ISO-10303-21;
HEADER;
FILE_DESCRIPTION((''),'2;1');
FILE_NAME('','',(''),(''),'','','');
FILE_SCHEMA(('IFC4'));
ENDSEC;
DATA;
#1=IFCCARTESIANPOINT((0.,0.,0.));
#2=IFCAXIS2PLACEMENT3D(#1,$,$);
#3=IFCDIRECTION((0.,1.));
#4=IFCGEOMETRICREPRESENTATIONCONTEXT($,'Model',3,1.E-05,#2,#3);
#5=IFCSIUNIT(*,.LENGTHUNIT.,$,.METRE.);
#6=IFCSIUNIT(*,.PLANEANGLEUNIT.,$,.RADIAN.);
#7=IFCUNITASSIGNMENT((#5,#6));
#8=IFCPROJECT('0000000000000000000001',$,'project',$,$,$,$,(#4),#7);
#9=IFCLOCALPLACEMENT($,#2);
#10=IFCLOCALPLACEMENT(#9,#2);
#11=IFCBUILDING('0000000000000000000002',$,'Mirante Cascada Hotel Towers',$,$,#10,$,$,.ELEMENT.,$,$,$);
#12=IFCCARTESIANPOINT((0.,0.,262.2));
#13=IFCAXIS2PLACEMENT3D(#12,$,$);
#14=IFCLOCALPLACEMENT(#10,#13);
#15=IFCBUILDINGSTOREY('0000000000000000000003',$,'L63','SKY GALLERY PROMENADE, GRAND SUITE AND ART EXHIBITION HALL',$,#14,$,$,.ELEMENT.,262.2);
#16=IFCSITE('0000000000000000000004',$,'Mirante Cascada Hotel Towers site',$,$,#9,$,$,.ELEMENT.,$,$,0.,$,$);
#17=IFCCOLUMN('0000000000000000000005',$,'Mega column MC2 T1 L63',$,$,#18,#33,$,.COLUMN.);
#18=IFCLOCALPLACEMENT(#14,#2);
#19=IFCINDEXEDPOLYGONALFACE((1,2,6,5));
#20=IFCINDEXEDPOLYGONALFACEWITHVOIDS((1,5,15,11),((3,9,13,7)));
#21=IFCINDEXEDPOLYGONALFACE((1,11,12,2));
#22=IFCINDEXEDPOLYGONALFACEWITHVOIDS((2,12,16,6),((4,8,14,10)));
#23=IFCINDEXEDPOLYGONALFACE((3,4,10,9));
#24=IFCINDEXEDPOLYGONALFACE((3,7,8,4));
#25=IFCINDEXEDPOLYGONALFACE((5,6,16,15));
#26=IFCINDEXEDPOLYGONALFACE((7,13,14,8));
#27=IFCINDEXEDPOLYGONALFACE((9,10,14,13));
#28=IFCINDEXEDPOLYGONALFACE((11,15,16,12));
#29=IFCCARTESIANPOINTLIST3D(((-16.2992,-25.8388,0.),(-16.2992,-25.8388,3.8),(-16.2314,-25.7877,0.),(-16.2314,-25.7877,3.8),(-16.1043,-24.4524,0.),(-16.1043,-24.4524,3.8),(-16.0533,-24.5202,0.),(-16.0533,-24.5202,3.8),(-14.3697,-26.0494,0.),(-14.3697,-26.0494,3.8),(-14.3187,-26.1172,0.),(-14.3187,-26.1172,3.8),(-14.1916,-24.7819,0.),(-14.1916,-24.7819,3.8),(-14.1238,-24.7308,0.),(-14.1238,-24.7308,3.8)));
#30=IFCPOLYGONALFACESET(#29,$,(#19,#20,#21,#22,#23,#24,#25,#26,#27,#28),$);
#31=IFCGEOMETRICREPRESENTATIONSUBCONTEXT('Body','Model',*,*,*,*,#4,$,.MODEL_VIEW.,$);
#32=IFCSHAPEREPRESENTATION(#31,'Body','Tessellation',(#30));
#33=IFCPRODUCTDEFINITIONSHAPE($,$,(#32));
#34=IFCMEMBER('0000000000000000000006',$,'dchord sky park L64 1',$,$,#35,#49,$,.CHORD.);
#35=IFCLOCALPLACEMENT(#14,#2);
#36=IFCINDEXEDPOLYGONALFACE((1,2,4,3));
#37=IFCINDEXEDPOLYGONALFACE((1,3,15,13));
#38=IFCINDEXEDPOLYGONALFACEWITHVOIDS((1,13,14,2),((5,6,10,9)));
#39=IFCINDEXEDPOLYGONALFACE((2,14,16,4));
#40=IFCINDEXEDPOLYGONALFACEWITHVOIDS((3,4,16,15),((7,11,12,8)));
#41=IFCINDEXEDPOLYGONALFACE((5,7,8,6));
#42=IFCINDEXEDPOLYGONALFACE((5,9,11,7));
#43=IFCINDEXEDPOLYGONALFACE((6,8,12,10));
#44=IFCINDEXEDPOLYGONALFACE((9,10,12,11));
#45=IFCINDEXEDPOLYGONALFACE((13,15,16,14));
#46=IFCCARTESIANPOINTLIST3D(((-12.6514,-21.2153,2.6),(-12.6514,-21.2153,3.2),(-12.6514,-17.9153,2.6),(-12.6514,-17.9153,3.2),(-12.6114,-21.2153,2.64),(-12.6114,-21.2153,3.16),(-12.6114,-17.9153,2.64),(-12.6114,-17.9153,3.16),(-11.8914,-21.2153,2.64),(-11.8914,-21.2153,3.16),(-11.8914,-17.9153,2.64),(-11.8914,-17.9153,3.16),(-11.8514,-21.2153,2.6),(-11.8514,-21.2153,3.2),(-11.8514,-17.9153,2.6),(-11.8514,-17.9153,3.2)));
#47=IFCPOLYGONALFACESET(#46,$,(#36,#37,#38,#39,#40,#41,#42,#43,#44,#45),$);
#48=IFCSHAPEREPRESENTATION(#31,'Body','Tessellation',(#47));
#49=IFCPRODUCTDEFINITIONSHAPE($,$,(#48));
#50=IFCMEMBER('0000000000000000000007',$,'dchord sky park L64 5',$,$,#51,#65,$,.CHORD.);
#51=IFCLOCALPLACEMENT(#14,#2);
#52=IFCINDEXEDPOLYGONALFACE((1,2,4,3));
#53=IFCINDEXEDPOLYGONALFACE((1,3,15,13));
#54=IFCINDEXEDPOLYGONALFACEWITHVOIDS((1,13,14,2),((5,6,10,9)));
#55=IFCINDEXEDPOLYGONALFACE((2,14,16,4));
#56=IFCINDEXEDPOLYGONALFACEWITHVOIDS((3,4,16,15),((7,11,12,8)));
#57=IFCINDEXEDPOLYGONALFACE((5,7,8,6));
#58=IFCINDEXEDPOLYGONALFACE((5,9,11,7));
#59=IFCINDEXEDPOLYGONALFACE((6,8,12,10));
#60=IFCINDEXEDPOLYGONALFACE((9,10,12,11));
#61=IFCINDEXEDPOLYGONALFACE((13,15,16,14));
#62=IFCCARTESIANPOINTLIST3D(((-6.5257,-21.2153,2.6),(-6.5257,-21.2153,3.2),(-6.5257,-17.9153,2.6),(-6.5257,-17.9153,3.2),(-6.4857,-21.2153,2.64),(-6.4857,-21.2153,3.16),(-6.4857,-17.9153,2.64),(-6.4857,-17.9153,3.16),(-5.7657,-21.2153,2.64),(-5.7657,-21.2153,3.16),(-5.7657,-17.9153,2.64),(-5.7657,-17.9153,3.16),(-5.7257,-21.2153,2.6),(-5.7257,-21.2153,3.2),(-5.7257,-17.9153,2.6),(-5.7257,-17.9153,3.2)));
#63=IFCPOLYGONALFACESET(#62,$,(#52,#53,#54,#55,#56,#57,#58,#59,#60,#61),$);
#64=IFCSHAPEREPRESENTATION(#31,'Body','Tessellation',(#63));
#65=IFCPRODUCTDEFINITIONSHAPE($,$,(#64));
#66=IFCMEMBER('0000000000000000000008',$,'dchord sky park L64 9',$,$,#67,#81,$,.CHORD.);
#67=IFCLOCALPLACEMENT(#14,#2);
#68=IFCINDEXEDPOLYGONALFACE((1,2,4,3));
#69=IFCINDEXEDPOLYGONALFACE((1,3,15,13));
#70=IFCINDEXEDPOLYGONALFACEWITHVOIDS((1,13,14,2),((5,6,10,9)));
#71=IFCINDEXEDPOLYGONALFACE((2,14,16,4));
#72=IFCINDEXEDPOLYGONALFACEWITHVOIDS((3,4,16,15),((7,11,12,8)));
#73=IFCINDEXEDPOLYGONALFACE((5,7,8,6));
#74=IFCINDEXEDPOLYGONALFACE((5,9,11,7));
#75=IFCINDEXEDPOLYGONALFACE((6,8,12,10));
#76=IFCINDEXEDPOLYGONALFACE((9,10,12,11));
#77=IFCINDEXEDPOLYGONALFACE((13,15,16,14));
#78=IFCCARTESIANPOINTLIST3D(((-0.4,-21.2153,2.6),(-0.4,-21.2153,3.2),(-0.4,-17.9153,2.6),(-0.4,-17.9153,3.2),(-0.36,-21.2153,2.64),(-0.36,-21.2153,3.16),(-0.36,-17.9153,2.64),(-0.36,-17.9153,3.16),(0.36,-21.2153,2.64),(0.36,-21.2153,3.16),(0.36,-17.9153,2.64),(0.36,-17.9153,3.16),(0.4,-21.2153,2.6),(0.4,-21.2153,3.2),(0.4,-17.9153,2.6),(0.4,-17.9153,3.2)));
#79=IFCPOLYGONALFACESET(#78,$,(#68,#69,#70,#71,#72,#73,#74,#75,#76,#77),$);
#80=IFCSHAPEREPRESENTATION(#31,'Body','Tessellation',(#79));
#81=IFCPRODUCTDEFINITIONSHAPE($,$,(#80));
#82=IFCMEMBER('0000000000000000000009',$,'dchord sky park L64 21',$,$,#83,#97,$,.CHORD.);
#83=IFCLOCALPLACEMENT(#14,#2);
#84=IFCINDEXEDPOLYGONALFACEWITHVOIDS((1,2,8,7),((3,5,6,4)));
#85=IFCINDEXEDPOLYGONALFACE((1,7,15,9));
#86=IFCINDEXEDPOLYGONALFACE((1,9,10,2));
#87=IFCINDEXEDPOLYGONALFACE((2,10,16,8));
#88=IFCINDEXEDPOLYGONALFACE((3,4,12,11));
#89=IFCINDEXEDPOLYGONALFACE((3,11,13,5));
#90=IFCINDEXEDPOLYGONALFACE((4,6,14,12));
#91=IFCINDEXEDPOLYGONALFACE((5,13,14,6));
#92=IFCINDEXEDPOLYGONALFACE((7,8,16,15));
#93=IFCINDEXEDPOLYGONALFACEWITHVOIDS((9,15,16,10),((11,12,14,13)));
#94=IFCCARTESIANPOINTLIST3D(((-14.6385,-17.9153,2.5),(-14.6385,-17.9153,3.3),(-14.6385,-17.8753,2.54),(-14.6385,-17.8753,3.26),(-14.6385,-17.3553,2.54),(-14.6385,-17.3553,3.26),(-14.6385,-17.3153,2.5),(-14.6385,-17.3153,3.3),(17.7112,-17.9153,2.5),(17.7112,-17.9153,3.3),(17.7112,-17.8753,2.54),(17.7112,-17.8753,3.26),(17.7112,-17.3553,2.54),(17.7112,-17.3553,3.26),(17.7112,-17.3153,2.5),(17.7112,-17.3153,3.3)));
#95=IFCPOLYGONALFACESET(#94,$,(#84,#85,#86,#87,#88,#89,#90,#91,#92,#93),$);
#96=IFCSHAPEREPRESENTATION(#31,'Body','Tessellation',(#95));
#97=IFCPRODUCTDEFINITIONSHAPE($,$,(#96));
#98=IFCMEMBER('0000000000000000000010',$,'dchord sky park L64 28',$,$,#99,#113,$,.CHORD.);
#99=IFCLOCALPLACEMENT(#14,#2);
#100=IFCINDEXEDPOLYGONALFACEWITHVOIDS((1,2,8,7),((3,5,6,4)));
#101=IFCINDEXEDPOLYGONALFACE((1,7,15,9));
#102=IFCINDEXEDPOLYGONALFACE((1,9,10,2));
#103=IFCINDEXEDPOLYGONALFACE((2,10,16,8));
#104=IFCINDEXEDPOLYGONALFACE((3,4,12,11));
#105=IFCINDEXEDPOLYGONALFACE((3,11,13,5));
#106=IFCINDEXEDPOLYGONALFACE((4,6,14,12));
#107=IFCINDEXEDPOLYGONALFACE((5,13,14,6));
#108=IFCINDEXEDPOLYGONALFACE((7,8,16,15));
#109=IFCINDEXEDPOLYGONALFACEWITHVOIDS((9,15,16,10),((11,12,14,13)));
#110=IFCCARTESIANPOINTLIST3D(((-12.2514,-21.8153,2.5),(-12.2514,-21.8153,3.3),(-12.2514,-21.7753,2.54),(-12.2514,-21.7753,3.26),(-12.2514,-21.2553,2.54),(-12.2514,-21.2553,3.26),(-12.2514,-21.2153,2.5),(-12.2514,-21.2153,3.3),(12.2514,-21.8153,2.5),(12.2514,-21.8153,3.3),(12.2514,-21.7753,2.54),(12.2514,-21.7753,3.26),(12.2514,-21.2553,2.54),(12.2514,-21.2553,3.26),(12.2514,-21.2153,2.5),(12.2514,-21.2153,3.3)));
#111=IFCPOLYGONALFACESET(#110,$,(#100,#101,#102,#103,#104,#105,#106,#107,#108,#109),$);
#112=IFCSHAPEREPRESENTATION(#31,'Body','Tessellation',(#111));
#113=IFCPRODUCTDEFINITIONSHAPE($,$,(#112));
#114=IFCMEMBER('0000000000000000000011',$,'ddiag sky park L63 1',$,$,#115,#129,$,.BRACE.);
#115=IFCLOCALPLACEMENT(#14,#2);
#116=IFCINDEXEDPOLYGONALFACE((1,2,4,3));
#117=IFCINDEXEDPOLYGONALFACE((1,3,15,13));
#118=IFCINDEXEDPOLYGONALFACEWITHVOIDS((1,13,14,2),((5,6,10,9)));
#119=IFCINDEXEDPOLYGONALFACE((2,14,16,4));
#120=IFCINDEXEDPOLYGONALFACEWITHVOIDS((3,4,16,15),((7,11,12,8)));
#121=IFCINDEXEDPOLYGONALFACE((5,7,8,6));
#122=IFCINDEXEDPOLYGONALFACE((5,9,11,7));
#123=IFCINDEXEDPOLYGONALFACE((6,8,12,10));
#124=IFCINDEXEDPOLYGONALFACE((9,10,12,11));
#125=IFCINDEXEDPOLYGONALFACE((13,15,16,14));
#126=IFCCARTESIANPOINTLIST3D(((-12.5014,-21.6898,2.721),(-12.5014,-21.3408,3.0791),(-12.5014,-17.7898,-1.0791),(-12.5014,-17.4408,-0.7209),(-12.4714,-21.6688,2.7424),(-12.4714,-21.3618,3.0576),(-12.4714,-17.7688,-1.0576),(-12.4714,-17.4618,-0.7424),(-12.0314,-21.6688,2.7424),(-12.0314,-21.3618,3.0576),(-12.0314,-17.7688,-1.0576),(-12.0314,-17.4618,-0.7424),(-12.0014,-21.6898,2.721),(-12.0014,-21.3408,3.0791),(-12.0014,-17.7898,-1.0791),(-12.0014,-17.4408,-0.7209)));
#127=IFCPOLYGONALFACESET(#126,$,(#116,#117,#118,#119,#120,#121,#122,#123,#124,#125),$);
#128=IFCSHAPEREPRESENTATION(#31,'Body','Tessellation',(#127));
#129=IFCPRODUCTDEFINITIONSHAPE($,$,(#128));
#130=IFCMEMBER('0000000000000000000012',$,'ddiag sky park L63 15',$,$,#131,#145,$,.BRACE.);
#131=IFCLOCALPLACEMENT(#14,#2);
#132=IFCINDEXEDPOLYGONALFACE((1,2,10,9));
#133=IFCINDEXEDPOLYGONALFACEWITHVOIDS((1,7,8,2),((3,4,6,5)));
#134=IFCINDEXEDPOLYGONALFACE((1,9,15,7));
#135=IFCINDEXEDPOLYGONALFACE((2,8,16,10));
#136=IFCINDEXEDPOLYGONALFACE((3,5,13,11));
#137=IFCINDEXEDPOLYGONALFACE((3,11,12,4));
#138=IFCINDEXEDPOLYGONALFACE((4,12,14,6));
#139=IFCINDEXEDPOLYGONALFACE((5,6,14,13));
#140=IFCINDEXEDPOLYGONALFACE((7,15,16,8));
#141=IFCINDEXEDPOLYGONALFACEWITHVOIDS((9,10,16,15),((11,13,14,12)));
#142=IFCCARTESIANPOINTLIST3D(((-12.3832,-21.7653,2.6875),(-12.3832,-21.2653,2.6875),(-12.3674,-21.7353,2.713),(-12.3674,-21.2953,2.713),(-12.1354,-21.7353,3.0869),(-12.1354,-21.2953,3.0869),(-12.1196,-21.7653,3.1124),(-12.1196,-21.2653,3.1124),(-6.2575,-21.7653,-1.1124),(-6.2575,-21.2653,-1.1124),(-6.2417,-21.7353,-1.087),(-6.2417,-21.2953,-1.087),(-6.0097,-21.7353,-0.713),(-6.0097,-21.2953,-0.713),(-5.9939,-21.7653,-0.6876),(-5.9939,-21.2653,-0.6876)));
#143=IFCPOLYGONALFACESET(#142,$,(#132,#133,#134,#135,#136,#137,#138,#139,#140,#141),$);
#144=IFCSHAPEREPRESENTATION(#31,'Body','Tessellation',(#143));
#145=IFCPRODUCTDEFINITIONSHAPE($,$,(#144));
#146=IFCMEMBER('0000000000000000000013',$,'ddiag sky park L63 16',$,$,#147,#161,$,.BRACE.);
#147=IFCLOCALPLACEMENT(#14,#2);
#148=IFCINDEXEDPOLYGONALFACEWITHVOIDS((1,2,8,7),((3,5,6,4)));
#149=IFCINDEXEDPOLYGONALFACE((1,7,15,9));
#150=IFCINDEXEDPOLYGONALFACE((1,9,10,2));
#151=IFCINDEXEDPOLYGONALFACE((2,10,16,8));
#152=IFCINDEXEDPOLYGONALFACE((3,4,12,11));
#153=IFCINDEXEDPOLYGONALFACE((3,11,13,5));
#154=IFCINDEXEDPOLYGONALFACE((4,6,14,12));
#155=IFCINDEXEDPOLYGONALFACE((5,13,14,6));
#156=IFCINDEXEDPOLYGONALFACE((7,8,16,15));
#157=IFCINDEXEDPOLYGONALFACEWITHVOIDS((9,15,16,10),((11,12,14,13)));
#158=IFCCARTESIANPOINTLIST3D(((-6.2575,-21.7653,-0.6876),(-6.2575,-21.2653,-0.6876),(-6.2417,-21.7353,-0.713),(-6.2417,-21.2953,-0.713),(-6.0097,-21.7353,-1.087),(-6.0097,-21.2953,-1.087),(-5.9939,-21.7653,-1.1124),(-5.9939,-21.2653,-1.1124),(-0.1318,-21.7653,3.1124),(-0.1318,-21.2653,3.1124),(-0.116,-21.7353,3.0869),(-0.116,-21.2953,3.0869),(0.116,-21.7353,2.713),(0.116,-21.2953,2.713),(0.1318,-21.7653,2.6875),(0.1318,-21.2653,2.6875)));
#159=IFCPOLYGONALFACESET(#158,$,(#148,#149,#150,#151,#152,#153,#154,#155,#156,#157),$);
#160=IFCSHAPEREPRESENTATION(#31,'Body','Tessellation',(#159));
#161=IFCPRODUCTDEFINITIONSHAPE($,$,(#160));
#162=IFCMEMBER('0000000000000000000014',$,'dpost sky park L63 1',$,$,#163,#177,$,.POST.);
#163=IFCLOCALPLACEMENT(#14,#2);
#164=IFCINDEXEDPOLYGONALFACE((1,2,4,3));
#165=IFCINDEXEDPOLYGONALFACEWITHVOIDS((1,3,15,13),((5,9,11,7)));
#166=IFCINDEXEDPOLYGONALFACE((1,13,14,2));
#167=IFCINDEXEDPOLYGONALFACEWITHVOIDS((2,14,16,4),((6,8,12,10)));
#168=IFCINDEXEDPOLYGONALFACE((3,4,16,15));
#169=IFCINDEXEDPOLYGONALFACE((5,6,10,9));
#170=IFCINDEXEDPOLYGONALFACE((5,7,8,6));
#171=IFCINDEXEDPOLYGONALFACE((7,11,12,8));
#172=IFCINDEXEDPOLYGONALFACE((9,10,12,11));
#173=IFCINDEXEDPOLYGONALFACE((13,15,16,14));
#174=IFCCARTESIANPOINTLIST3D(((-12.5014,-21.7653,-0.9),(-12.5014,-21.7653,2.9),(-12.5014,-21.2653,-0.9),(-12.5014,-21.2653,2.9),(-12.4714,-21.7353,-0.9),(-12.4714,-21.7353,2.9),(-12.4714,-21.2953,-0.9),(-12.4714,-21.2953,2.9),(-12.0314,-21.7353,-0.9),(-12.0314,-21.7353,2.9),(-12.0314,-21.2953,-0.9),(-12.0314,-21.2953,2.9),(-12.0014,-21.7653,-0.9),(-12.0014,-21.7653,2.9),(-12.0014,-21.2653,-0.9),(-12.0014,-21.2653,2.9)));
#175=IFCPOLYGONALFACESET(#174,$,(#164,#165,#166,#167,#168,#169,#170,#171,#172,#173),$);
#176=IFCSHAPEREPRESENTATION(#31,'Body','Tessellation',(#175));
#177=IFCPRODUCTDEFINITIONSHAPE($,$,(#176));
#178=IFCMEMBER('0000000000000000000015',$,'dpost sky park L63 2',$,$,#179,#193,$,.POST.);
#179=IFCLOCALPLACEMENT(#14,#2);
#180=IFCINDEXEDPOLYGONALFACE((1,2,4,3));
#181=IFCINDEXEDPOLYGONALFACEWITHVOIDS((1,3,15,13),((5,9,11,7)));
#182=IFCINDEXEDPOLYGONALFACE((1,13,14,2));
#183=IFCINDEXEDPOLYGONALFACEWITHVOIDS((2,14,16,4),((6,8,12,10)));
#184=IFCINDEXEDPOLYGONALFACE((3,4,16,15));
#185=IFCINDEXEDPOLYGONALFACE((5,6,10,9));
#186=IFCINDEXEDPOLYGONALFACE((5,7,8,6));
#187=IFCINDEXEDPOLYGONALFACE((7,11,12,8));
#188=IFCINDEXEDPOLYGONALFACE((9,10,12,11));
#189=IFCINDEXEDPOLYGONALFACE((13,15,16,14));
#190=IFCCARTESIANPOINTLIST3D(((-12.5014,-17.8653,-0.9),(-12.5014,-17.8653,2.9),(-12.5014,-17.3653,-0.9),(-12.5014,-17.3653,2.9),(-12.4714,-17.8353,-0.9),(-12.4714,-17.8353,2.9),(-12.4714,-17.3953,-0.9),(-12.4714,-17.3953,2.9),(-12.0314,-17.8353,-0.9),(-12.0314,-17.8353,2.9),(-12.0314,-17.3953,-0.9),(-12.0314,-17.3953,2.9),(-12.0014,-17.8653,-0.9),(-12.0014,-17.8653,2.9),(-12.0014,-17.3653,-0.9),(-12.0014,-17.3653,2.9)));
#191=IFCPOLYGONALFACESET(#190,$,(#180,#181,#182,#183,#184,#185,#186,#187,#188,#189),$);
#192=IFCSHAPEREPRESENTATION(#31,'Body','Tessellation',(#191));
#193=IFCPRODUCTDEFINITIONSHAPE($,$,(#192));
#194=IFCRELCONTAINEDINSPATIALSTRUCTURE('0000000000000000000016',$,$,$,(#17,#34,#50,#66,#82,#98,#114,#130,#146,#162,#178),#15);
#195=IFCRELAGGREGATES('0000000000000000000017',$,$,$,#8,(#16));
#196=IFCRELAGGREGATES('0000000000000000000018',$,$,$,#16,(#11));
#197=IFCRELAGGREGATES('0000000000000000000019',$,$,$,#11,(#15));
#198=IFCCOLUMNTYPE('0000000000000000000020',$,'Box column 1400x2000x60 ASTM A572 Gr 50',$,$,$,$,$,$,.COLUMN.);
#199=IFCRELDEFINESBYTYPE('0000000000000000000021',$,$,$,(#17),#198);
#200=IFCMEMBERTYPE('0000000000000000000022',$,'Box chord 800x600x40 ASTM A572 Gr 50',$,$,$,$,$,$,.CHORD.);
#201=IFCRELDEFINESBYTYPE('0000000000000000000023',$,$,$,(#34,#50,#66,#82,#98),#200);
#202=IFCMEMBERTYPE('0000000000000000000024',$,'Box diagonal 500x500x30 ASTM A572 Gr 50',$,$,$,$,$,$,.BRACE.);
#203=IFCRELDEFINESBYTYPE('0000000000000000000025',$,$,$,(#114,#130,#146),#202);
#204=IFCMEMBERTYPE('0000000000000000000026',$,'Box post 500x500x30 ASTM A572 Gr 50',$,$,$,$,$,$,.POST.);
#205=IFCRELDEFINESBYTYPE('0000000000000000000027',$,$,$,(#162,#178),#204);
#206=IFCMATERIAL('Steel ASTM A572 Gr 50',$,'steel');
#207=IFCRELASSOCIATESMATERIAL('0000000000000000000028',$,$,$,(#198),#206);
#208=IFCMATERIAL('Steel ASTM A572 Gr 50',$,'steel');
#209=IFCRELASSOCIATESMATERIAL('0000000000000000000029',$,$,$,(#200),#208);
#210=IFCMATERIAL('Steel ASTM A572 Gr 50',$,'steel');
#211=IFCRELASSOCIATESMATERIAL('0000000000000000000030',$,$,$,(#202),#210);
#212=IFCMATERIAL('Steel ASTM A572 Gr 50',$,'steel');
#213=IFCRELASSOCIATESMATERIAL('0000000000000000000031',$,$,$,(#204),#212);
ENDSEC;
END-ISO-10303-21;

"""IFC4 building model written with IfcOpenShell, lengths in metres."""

from ifc_helpers import new_model, si_unit, direction, frame, origin, origin_2d, place, context, subcontext, project, spatial, hollow_rectangle, extrude, material, material_profile, profile_set, type_object, element, save


model = new_model("IFC4")

# Units and contexts
model_context = context("Model", 3, precision=1e-05, world=origin(), true_north=direction((0.0, 1.0)))
body_context = subcontext(model_context, "Body", "Model", "MODEL_VIEW")
ifc_project = project(units=[si_unit("LENGTHUNIT", "METRE"), si_unit("PLANEANGLEUNIT", "RADIAN")], contexts=[model_context])

# Site, building, storey
site_placement = place(None, origin())
site = spatial("IfcSite", under=ifc_project, at=site_placement, Name="Mirante Cascada Hotel Towers site", CompositionType="ELEMENT", RefElevation=0.0)
building_placement = place(site_placement, origin())
building = spatial("IfcBuilding", under=site, at=building_placement, Name="Mirante Cascada Hotel Towers", CompositionType="ELEMENT")
storey_placement = place(building_placement, frame((0.0, 0.0, 262.2)))
storey = spatial("IfcBuildingStorey", under=building, at=storey_placement, Name="L63", Description="SKY GALLERY PROMENADE, GRAND SUITE AND ART EXHIBITION HALL", CompositionType="ELEMENT", Elevation=262.2)

# Column
ifc_material_1 = material(Name="Steel ASTM A572 Gr 50", Category="steel")
ifc_material_profile_1 = material_profile(ifc_material_1, hollow_rectangle(XDim=2.0, YDim=1.4, WallThickness=0.06, at=origin_2d()), Name="Box column 1400x2000x60 ASTM A572 Gr 50")
ifc_profile_set_1 = profile_set([ifc_material_profile_1], Name="Steel ASTM A572 Gr 50")
column_type = type_object("IfcColumnType", Name="Box column 1400x2000x60 ASTM A572 Gr 50", PredefinedType="COLUMN", material=ifc_profile_set_1)
column_placement = place(storey_placement, frame((-15.2115, -25.2848, 0.0), z_axis=(0.0, 0.0, 1.0), x_axis=(-0.990268, 0.139173, 0.0)))
element("IfcColumn", 1, at=column_placement, inside=storey, type_object=column_type, Name="Mega column MC2 T1 L63", PredefinedType="COLUMN", context=body_context, shape_type="SweptSolid", body=[
    extrude(hollow_rectangle(XDim=2.0, YDim=1.4, WallThickness=0.06, at=origin_2d()), origin(), (0.0, 0.0, 1.0), 3.8),
])

# Members
ifc_material_2 = material(Name="Steel ASTM A572 Gr 50", Category="steel")
ifc_material_profile_2 = material_profile(ifc_material_2, hollow_rectangle(XDim=0.6, YDim=0.8, WallThickness=0.04, at=origin_2d()), Name="Box chord 800x600x40 ASTM A572 Gr 50")
ifc_profile_set_2 = profile_set([ifc_material_profile_2], Name="Steel ASTM A572 Gr 50")
member_type_1 = type_object("IfcMemberType", Name="Box chord 800x600x40 ASTM A572 Gr 50", PredefinedType="CHORD", material=ifc_profile_set_2)
for number, where, z_axis, x_axis, name in (
    (2, (-12.2514, -21.2153, 2.9), (0.0, 1.0, 0.0), (0.0, 0.0, 1.0), "dchord sky park L64 1"),
    (3, (-6.1257, -21.2153, 2.9), (0.0, 1.0, 0.0), (0.0, 0.0, 1.0), "dchord sky park L64 5"),
    (4, (0.0, -21.2153, 2.9), (0.0, 1.0, 0.0), (0.0, 0.0, 1.0), "dchord sky park L64 9"),
):
    element("IfcMember", number, at=place(storey_placement, frame(where, z_axis=z_axis, x_axis=x_axis)), inside=storey, type_object=member_type_1, Name=name, PredefinedType="CHORD", context=body_context, shape_type="SweptSolid", body=[
        extrude(hollow_rectangle(XDim=0.6, YDim=0.8, WallThickness=0.04, at=origin_2d()), origin(), (0.0, 0.0, 1.0), 3.3),
    ])
member_1_placement = place(storey_placement, frame((-14.6385, -17.6153, 2.9), z_axis=(1.0, 0.0, 0.0), x_axis=(0.0, 1.0, 0.0)))
element("IfcMember", 5, at=member_1_placement, inside=storey, type_object=member_type_1, Name="dchord sky park L64 21", PredefinedType="CHORD", context=body_context, shape_type="SweptSolid", body=[
    extrude(hollow_rectangle(XDim=0.6, YDim=0.8, WallThickness=0.04, at=origin_2d()), origin(), (0.0, 0.0, 1.0), 32.3497),
])
member_2_placement = place(storey_placement, frame((-12.2514, -21.5153, 2.9), z_axis=(1.0, 0.0, 0.0), x_axis=(0.0, 1.0, 0.0)))
element("IfcMember", 6, at=member_2_placement, inside=storey, type_object=member_type_1, Name="dchord sky park L64 28", PredefinedType="CHORD", context=body_context, shape_type="SweptSolid", body=[
    extrude(hollow_rectangle(XDim=0.6, YDim=0.8, WallThickness=0.04, at=origin_2d()), origin(), (0.0, 0.0, 1.0), 24.5028),
])
ifc_material_3 = material(Name="Steel ASTM A572 Gr 50", Category="steel")
ifc_material_profile_3 = material_profile(ifc_material_3, hollow_rectangle(XDim=0.5, YDim=0.5, WallThickness=0.03, at=origin_2d()), Name="Box diagonal 500x500x30 ASTM A572 Gr 50")
ifc_profile_set_3 = profile_set([ifc_material_profile_3], Name="Steel ASTM A572 Gr 50")
member_type_2 = type_object("IfcMemberType", Name="Box diagonal 500x500x30 ASTM A572 Gr 50", PredefinedType="BRACE", material=ifc_profile_set_3)
member_3_placement = place(storey_placement, frame((-12.2514, -17.6153, -0.9), z_axis=(0.0, -0.71623, 0.697865), x_axis=(1.0, 0.0, 0.0)))
element("IfcMember", 7, at=member_3_placement, inside=storey, type_object=member_type_2, Name="ddiag sky park L63 1", PredefinedType="BRACE", context=body_context, shape_type="SweptSolid", body=[
    extrude(hollow_rectangle(XDim=0.5, YDim=0.5, WallThickness=0.03, at=origin_2d()), origin(), (0.0, 0.0, 1.0), 5.4452),
])
for number, where, z_axis, x_axis, name in (
    (8, (-6.1257, -21.5153, -0.9), (-0.849774, 0.0, 0.527147), (0.0, -1.0, 0.0), "ddiag sky park L63 15"),
    (9, (-6.1257, -21.5153, -0.9), (0.849774, 0.0, 0.527147), (0.0, 1.0, 0.0), "ddiag sky park L63 16"),
):
    element("IfcMember", number, at=place(storey_placement, frame(where, z_axis=z_axis, x_axis=x_axis)), inside=storey, type_object=member_type_2, Name=name, PredefinedType="BRACE", context=body_context, shape_type="SweptSolid", body=[
        extrude(hollow_rectangle(XDim=0.5, YDim=0.5, WallThickness=0.03, at=origin_2d()), origin(), (0.0, 0.0, 1.0), 7.2086),
    ])
ifc_material_4 = material(Name="Steel ASTM A572 Gr 50", Category="steel")
ifc_material_profile_4 = material_profile(ifc_material_4, hollow_rectangle(XDim=0.5, YDim=0.5, WallThickness=0.03, at=origin_2d()), Name="Box post 500x500x30 ASTM A572 Gr 50")
ifc_profile_set_4 = profile_set([ifc_material_profile_4], Name="Steel ASTM A572 Gr 50")
member_type_3 = type_object("IfcMemberType", Name="Box post 500x500x30 ASTM A572 Gr 50", PredefinedType="POST", material=ifc_profile_set_4)
for number, where, z_axis, x_axis, name in (
    (10, (-12.2514, -21.5153, -0.9), (0.0, 0.0, 1.0), (1.0, 0.0, 0.0), "dpost sky park L63 1"),
    (11, (-12.2514, -17.6153, -0.9), (0.0, 0.0, 1.0), (1.0, 0.0, 0.0), "dpost sky park L63 2"),
):
    element("IfcMember", number, at=place(storey_placement, frame(where, z_axis=z_axis, x_axis=x_axis)), inside=storey, type_object=member_type_3, Name=name, PredefinedType="POST", context=body_context, shape_type="SweptSolid", body=[
        extrude(hollow_rectangle(XDim=0.5, YDim=0.5, WallThickness=0.03, at=origin_2d()), origin(), (0.0, 0.0, 1.0), 3.8),
    ])

save(model, "model.ifc")
